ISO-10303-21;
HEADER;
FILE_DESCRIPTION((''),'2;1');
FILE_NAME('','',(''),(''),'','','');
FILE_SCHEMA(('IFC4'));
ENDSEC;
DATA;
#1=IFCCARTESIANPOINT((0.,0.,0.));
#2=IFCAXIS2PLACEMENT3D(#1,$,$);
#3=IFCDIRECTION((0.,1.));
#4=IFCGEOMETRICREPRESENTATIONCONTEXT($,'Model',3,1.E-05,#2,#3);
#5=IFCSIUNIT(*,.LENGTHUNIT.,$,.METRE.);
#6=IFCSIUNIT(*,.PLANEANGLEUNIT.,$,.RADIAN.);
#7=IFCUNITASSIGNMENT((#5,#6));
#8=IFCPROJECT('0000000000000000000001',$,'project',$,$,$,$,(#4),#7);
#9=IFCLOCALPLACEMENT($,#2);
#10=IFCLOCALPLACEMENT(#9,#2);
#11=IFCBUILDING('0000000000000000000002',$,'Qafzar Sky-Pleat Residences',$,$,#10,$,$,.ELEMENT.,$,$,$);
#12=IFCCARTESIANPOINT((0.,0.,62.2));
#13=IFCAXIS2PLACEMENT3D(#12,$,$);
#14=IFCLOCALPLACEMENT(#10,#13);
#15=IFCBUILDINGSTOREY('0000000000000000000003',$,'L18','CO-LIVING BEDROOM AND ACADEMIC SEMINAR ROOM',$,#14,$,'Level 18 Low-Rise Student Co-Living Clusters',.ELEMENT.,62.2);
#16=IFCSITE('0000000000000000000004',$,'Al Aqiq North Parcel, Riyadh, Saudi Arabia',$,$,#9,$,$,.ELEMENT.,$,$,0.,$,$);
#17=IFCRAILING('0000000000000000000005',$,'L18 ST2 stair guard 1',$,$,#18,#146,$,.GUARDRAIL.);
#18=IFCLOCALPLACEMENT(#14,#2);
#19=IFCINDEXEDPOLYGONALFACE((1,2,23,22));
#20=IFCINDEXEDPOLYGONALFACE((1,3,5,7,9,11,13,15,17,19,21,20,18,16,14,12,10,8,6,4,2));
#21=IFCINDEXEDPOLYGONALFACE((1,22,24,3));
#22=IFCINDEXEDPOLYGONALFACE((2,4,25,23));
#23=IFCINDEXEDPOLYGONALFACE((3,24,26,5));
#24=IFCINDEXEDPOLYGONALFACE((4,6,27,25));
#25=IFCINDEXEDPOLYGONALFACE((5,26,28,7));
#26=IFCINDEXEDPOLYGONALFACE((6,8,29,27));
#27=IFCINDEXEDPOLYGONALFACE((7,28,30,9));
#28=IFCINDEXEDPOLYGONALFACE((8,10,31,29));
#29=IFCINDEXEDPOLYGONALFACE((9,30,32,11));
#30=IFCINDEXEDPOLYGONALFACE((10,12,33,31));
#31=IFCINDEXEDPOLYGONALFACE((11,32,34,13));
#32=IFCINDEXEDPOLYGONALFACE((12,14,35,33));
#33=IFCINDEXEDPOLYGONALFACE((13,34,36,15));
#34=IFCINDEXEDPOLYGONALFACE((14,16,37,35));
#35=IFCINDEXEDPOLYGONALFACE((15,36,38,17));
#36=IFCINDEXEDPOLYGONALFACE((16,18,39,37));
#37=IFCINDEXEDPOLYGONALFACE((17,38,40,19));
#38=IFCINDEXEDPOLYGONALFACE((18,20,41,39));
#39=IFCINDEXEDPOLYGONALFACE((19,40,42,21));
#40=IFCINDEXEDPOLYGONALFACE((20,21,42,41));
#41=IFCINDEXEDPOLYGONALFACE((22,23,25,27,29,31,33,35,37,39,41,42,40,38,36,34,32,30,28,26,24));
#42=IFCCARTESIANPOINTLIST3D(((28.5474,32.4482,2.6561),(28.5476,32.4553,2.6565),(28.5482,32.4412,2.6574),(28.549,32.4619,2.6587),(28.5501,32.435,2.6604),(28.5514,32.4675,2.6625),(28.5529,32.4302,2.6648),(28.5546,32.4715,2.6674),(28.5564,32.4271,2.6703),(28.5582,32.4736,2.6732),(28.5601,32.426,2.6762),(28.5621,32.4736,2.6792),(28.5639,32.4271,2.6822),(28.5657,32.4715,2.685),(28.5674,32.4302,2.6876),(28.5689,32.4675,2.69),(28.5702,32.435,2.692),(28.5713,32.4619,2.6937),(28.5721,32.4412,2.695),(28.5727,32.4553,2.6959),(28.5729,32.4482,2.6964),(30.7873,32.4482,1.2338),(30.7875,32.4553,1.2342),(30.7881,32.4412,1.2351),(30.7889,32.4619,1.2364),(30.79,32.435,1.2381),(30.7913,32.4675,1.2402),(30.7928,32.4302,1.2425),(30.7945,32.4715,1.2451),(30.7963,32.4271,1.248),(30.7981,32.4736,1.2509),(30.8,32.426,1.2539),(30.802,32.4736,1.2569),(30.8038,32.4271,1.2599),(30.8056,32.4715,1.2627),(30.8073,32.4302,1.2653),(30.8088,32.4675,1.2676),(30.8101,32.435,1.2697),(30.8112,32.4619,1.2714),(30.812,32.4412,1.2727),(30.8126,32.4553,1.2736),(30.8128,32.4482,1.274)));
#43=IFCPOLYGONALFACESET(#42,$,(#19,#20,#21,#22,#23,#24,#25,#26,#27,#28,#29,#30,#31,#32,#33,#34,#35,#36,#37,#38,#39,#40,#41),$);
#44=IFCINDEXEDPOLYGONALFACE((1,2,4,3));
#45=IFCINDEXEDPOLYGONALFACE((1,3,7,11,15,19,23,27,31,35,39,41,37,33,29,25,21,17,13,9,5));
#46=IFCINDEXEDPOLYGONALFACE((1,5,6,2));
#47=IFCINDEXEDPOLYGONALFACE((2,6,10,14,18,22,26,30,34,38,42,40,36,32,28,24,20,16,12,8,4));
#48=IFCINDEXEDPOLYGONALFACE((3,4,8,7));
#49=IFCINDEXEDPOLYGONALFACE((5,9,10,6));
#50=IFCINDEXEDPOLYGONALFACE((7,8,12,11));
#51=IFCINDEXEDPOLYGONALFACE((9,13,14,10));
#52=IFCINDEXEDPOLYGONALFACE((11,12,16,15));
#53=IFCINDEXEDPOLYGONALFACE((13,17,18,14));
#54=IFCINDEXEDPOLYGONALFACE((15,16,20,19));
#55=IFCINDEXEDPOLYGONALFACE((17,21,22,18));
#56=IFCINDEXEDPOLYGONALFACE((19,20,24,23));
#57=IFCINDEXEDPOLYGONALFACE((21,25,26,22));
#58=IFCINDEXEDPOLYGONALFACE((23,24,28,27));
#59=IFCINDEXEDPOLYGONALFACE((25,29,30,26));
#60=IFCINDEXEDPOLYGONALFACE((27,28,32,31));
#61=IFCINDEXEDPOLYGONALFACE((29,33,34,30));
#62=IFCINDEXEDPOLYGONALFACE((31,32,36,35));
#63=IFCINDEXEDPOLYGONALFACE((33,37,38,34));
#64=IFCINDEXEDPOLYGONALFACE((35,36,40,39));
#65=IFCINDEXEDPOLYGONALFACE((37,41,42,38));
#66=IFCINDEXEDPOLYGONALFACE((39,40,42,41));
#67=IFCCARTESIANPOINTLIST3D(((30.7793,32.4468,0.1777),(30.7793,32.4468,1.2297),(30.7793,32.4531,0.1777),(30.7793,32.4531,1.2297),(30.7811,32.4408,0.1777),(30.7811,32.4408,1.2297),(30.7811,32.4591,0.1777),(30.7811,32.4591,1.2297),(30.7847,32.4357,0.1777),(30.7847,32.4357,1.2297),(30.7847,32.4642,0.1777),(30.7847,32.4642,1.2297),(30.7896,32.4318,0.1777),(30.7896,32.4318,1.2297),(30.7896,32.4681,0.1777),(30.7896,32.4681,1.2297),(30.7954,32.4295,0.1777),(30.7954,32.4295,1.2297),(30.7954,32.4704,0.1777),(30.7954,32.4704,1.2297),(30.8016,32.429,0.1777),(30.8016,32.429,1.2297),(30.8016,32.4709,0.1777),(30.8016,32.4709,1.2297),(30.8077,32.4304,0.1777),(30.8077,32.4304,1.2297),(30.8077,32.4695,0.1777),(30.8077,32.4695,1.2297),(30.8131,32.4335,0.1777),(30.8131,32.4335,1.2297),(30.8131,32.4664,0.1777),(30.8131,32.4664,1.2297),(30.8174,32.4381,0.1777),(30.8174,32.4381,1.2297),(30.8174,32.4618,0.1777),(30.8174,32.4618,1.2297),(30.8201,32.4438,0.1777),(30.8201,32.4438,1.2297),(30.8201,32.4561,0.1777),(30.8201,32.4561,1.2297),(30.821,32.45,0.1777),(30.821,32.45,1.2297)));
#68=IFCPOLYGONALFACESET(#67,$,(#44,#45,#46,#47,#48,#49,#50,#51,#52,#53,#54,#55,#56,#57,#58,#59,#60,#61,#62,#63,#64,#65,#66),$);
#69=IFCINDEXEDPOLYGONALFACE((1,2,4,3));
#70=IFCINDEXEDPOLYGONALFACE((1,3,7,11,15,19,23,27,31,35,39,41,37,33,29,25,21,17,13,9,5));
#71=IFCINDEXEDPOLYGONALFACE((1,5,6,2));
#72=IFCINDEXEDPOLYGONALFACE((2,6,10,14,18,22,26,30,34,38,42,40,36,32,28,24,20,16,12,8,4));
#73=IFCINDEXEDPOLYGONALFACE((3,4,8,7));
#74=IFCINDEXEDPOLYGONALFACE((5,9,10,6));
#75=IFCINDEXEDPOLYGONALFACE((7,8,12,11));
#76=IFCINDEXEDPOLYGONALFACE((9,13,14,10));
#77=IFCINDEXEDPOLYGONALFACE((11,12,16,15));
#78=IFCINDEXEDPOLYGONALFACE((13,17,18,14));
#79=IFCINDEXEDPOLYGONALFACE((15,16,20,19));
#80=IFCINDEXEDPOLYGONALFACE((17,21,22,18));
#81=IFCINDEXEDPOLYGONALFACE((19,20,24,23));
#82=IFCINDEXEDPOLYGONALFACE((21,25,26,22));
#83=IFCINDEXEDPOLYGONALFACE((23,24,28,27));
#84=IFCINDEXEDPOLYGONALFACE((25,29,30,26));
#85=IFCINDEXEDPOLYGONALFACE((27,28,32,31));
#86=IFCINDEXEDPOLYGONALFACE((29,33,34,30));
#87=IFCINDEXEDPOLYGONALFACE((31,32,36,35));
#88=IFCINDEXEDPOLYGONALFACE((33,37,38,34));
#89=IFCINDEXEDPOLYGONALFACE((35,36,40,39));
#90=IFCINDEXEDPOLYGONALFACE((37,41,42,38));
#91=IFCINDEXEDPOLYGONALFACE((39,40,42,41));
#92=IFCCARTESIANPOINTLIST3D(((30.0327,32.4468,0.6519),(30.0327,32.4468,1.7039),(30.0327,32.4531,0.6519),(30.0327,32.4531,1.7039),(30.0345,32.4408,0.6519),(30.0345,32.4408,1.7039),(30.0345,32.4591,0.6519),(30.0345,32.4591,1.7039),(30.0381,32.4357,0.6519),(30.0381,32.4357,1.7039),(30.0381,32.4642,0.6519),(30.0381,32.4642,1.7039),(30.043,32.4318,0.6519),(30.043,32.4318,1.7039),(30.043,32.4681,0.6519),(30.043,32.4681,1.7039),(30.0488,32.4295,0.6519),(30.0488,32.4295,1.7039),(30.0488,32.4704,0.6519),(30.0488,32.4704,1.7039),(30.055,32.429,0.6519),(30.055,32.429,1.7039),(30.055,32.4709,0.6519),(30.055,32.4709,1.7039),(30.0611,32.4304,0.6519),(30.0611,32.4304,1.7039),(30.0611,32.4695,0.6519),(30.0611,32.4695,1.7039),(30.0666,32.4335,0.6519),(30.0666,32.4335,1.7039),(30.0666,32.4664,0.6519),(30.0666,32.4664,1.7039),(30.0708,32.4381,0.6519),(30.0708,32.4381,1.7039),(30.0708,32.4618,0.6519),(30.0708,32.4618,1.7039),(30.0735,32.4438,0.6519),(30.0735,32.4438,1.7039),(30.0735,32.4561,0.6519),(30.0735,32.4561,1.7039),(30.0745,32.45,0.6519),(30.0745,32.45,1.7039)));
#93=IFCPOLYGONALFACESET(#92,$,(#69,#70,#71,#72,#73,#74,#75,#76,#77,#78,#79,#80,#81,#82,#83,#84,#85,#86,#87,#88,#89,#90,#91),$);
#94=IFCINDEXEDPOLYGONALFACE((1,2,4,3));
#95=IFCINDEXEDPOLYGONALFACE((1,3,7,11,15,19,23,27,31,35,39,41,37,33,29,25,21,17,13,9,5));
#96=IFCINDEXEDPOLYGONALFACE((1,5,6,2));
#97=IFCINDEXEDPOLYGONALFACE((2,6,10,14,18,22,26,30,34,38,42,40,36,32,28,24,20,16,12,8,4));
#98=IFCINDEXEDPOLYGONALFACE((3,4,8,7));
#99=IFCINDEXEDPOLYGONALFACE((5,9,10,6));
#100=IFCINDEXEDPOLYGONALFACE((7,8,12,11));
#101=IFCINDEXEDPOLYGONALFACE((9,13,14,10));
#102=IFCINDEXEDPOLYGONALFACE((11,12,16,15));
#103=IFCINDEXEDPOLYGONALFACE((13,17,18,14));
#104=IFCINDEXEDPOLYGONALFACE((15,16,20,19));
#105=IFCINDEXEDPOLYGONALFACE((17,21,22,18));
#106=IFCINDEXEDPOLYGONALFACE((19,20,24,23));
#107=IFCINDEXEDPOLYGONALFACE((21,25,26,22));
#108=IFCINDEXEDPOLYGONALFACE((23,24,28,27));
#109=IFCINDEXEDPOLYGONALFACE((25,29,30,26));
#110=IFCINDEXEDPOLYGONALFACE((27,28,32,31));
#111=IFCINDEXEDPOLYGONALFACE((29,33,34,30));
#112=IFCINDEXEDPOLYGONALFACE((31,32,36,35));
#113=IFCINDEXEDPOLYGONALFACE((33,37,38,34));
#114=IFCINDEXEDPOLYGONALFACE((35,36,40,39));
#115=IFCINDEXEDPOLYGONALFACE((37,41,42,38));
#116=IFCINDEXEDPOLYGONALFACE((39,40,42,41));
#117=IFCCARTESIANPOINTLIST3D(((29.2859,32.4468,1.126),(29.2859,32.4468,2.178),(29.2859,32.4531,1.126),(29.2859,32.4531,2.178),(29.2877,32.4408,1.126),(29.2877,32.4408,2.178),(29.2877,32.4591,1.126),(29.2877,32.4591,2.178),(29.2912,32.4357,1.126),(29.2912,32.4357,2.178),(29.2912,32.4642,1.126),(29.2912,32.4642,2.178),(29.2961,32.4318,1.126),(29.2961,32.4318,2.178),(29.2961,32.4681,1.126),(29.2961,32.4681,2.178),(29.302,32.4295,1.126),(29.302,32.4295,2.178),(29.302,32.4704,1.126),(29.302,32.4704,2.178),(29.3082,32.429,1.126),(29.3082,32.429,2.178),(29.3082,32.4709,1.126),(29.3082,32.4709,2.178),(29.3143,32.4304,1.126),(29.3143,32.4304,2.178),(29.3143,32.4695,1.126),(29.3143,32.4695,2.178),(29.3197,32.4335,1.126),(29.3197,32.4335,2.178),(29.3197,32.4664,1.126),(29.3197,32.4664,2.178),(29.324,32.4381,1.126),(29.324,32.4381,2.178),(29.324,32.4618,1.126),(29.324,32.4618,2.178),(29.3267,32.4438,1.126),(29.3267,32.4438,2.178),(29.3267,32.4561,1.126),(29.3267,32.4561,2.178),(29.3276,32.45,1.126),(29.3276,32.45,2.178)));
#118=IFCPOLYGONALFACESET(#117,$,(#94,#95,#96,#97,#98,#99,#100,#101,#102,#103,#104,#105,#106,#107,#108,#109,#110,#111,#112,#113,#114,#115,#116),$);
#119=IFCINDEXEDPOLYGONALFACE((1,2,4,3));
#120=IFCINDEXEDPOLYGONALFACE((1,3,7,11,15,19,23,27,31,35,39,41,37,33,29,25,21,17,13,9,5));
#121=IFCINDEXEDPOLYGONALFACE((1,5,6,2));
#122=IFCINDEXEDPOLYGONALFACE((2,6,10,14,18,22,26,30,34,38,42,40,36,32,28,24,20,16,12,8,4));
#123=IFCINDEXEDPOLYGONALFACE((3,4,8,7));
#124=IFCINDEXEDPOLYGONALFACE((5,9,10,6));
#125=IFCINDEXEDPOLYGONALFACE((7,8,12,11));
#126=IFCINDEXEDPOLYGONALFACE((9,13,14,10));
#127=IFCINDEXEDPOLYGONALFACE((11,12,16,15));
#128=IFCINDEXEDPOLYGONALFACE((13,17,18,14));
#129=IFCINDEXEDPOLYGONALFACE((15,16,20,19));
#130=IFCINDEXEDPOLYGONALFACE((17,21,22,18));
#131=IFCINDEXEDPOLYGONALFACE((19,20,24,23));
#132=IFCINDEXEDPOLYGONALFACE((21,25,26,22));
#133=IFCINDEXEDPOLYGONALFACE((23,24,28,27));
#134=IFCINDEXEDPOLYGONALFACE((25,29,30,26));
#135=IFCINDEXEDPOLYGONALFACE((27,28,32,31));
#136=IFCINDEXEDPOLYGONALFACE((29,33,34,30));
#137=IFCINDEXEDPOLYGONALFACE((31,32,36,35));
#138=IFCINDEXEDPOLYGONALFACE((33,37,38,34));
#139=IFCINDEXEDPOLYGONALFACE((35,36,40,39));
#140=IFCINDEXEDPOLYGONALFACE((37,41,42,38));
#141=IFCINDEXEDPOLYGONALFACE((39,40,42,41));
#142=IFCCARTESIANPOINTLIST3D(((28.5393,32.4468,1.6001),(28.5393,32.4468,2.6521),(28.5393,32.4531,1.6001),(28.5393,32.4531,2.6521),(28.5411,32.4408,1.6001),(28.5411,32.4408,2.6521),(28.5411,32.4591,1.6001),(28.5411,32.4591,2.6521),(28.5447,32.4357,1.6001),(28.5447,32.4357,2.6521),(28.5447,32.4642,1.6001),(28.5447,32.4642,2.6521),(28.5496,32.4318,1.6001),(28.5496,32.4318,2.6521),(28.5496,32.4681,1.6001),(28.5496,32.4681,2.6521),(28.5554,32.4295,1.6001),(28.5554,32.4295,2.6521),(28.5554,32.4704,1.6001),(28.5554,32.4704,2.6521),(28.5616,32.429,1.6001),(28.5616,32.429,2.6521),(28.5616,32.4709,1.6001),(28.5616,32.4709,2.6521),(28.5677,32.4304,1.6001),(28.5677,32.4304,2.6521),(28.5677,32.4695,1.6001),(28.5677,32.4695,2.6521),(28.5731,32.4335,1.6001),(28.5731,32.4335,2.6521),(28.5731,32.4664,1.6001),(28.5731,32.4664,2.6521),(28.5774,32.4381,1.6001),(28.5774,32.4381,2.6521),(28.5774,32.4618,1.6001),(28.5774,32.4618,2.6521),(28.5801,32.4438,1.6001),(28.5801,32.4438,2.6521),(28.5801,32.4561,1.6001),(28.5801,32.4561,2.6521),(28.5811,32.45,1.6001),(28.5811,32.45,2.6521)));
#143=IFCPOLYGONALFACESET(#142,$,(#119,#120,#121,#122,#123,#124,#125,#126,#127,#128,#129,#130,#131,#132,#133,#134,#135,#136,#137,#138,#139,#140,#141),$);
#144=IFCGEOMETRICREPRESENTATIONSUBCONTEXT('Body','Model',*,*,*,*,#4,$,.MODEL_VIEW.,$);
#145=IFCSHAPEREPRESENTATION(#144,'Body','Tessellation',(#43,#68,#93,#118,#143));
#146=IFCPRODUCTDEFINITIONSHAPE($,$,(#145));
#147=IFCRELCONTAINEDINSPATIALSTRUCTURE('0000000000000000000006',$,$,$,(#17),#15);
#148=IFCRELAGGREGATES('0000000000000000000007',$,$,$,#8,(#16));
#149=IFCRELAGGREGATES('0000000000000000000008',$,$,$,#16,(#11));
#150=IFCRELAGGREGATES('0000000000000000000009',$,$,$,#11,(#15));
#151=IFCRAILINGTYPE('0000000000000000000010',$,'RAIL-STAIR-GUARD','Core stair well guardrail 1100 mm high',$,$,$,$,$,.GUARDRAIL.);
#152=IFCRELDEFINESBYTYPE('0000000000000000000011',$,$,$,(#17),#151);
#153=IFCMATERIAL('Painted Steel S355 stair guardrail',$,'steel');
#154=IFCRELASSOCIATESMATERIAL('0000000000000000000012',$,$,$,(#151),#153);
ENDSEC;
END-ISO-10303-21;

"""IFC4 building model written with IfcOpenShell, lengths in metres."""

from ifc_helpers import new_model, si_unit, direction, frame, origin, origin_2d, place, context, subcontext, project, spatial, circle, extrude, source, transform, mapped, material, type_object, element, save


model = new_model("IFC4")

# Units and contexts
model_context = context("Model", 3, precision=1e-05, world=origin(), true_north=direction((0.0, 1.0)))
body_context = subcontext(model_context, "Body", "Model", "MODEL_VIEW")
ifc_project = project(units=[si_unit("LENGTHUNIT", "METRE"), si_unit("PLANEANGLEUNIT", "RADIAN")], contexts=[model_context])

# Site, building, storey
site_placement = place(None, origin())
site = spatial("IfcSite", under=ifc_project, at=site_placement, Name="Al Aqiq North Parcel, Riyadh, Saudi Arabia", CompositionType="ELEMENT", RefElevation=0.0)
building_placement = place(site_placement, origin())
building = spatial("IfcBuilding", under=site, at=building_placement, Name="Qafzar Sky-Pleat Residences", CompositionType="ELEMENT")
storey_placement = place(building_placement, frame((0.0, 0.0, 62.2)))
storey = spatial("IfcBuildingStorey", under=building, at=storey_placement, Name="L18", Description="CO-LIVING BEDROOM AND ACADEMIC SEMINAR ROOM", LongName="Level 18 Low-Rise Student Co-Living Clusters", CompositionType="ELEMENT", Elevation=62.2)

# Railing
ifc_material_1 = material(Name="Painted Steel S355 stair guardrail", Category="steel")
railing_type_1 = type_object("IfcRailingType", Name="RAIL-STAIR-GUARD", Description="Core stair well guardrail 1100 mm high", PredefinedType="GUARDRAIL", material=ifc_material_1)
shared_shape_1 = source(origin(), body_context, "Body", "SweptSolid", [
    extrude(circle(Radius=0.0239, at=origin_2d()), frame((0.0, 0.0, 1.0762), z_axis=(-0.844188, 0.0, 0.536048), x_axis=(0.0, -1.0, 0.0)), (0.0, 0.0, 1.0), 2.6533),
    extrude(circle(Radius=0.021, at=origin_2d()), origin(), (0.0, 0.0, 1.0), 1.052),
    extrude(circle(Radius=0.021, at=origin_2d()), frame((-0.7466, 0.0, 0.4741)), (0.0, 0.0, 1.0), 1.052),
    extrude(circle(Radius=0.021, at=origin_2d()), frame((-1.4934, 0.0, 0.9482)), (0.0, 0.0, 1.0), 1.052),
    extrude(circle(Radius=0.021, at=origin_2d()), frame((-2.24, 0.0, 1.4224)), (0.0, 0.0, 1.0), 1.052),
])
railing_1_placement = place(storey_placement, frame((30.8, 32.45, 0.1777)))
element("IfcRailing", 1, at=railing_1_placement, inside=storey, type_object=railing_type_1, Name="L18 ST2 stair guard 1", PredefinedType="GUARDRAIL", context=body_context, shape_type="MappedRepresentation", body=[
    mapped(shared_shape_1, transform((0.0, 0.0, 0.0), x_axis=(1.0, 0.0, 0.0), y_axis=(0.0, 1.0, 0.0), z_axis=(0.0, 0.0, 1.0), scale=1.0)),
])

save(model, "model.ifc")
